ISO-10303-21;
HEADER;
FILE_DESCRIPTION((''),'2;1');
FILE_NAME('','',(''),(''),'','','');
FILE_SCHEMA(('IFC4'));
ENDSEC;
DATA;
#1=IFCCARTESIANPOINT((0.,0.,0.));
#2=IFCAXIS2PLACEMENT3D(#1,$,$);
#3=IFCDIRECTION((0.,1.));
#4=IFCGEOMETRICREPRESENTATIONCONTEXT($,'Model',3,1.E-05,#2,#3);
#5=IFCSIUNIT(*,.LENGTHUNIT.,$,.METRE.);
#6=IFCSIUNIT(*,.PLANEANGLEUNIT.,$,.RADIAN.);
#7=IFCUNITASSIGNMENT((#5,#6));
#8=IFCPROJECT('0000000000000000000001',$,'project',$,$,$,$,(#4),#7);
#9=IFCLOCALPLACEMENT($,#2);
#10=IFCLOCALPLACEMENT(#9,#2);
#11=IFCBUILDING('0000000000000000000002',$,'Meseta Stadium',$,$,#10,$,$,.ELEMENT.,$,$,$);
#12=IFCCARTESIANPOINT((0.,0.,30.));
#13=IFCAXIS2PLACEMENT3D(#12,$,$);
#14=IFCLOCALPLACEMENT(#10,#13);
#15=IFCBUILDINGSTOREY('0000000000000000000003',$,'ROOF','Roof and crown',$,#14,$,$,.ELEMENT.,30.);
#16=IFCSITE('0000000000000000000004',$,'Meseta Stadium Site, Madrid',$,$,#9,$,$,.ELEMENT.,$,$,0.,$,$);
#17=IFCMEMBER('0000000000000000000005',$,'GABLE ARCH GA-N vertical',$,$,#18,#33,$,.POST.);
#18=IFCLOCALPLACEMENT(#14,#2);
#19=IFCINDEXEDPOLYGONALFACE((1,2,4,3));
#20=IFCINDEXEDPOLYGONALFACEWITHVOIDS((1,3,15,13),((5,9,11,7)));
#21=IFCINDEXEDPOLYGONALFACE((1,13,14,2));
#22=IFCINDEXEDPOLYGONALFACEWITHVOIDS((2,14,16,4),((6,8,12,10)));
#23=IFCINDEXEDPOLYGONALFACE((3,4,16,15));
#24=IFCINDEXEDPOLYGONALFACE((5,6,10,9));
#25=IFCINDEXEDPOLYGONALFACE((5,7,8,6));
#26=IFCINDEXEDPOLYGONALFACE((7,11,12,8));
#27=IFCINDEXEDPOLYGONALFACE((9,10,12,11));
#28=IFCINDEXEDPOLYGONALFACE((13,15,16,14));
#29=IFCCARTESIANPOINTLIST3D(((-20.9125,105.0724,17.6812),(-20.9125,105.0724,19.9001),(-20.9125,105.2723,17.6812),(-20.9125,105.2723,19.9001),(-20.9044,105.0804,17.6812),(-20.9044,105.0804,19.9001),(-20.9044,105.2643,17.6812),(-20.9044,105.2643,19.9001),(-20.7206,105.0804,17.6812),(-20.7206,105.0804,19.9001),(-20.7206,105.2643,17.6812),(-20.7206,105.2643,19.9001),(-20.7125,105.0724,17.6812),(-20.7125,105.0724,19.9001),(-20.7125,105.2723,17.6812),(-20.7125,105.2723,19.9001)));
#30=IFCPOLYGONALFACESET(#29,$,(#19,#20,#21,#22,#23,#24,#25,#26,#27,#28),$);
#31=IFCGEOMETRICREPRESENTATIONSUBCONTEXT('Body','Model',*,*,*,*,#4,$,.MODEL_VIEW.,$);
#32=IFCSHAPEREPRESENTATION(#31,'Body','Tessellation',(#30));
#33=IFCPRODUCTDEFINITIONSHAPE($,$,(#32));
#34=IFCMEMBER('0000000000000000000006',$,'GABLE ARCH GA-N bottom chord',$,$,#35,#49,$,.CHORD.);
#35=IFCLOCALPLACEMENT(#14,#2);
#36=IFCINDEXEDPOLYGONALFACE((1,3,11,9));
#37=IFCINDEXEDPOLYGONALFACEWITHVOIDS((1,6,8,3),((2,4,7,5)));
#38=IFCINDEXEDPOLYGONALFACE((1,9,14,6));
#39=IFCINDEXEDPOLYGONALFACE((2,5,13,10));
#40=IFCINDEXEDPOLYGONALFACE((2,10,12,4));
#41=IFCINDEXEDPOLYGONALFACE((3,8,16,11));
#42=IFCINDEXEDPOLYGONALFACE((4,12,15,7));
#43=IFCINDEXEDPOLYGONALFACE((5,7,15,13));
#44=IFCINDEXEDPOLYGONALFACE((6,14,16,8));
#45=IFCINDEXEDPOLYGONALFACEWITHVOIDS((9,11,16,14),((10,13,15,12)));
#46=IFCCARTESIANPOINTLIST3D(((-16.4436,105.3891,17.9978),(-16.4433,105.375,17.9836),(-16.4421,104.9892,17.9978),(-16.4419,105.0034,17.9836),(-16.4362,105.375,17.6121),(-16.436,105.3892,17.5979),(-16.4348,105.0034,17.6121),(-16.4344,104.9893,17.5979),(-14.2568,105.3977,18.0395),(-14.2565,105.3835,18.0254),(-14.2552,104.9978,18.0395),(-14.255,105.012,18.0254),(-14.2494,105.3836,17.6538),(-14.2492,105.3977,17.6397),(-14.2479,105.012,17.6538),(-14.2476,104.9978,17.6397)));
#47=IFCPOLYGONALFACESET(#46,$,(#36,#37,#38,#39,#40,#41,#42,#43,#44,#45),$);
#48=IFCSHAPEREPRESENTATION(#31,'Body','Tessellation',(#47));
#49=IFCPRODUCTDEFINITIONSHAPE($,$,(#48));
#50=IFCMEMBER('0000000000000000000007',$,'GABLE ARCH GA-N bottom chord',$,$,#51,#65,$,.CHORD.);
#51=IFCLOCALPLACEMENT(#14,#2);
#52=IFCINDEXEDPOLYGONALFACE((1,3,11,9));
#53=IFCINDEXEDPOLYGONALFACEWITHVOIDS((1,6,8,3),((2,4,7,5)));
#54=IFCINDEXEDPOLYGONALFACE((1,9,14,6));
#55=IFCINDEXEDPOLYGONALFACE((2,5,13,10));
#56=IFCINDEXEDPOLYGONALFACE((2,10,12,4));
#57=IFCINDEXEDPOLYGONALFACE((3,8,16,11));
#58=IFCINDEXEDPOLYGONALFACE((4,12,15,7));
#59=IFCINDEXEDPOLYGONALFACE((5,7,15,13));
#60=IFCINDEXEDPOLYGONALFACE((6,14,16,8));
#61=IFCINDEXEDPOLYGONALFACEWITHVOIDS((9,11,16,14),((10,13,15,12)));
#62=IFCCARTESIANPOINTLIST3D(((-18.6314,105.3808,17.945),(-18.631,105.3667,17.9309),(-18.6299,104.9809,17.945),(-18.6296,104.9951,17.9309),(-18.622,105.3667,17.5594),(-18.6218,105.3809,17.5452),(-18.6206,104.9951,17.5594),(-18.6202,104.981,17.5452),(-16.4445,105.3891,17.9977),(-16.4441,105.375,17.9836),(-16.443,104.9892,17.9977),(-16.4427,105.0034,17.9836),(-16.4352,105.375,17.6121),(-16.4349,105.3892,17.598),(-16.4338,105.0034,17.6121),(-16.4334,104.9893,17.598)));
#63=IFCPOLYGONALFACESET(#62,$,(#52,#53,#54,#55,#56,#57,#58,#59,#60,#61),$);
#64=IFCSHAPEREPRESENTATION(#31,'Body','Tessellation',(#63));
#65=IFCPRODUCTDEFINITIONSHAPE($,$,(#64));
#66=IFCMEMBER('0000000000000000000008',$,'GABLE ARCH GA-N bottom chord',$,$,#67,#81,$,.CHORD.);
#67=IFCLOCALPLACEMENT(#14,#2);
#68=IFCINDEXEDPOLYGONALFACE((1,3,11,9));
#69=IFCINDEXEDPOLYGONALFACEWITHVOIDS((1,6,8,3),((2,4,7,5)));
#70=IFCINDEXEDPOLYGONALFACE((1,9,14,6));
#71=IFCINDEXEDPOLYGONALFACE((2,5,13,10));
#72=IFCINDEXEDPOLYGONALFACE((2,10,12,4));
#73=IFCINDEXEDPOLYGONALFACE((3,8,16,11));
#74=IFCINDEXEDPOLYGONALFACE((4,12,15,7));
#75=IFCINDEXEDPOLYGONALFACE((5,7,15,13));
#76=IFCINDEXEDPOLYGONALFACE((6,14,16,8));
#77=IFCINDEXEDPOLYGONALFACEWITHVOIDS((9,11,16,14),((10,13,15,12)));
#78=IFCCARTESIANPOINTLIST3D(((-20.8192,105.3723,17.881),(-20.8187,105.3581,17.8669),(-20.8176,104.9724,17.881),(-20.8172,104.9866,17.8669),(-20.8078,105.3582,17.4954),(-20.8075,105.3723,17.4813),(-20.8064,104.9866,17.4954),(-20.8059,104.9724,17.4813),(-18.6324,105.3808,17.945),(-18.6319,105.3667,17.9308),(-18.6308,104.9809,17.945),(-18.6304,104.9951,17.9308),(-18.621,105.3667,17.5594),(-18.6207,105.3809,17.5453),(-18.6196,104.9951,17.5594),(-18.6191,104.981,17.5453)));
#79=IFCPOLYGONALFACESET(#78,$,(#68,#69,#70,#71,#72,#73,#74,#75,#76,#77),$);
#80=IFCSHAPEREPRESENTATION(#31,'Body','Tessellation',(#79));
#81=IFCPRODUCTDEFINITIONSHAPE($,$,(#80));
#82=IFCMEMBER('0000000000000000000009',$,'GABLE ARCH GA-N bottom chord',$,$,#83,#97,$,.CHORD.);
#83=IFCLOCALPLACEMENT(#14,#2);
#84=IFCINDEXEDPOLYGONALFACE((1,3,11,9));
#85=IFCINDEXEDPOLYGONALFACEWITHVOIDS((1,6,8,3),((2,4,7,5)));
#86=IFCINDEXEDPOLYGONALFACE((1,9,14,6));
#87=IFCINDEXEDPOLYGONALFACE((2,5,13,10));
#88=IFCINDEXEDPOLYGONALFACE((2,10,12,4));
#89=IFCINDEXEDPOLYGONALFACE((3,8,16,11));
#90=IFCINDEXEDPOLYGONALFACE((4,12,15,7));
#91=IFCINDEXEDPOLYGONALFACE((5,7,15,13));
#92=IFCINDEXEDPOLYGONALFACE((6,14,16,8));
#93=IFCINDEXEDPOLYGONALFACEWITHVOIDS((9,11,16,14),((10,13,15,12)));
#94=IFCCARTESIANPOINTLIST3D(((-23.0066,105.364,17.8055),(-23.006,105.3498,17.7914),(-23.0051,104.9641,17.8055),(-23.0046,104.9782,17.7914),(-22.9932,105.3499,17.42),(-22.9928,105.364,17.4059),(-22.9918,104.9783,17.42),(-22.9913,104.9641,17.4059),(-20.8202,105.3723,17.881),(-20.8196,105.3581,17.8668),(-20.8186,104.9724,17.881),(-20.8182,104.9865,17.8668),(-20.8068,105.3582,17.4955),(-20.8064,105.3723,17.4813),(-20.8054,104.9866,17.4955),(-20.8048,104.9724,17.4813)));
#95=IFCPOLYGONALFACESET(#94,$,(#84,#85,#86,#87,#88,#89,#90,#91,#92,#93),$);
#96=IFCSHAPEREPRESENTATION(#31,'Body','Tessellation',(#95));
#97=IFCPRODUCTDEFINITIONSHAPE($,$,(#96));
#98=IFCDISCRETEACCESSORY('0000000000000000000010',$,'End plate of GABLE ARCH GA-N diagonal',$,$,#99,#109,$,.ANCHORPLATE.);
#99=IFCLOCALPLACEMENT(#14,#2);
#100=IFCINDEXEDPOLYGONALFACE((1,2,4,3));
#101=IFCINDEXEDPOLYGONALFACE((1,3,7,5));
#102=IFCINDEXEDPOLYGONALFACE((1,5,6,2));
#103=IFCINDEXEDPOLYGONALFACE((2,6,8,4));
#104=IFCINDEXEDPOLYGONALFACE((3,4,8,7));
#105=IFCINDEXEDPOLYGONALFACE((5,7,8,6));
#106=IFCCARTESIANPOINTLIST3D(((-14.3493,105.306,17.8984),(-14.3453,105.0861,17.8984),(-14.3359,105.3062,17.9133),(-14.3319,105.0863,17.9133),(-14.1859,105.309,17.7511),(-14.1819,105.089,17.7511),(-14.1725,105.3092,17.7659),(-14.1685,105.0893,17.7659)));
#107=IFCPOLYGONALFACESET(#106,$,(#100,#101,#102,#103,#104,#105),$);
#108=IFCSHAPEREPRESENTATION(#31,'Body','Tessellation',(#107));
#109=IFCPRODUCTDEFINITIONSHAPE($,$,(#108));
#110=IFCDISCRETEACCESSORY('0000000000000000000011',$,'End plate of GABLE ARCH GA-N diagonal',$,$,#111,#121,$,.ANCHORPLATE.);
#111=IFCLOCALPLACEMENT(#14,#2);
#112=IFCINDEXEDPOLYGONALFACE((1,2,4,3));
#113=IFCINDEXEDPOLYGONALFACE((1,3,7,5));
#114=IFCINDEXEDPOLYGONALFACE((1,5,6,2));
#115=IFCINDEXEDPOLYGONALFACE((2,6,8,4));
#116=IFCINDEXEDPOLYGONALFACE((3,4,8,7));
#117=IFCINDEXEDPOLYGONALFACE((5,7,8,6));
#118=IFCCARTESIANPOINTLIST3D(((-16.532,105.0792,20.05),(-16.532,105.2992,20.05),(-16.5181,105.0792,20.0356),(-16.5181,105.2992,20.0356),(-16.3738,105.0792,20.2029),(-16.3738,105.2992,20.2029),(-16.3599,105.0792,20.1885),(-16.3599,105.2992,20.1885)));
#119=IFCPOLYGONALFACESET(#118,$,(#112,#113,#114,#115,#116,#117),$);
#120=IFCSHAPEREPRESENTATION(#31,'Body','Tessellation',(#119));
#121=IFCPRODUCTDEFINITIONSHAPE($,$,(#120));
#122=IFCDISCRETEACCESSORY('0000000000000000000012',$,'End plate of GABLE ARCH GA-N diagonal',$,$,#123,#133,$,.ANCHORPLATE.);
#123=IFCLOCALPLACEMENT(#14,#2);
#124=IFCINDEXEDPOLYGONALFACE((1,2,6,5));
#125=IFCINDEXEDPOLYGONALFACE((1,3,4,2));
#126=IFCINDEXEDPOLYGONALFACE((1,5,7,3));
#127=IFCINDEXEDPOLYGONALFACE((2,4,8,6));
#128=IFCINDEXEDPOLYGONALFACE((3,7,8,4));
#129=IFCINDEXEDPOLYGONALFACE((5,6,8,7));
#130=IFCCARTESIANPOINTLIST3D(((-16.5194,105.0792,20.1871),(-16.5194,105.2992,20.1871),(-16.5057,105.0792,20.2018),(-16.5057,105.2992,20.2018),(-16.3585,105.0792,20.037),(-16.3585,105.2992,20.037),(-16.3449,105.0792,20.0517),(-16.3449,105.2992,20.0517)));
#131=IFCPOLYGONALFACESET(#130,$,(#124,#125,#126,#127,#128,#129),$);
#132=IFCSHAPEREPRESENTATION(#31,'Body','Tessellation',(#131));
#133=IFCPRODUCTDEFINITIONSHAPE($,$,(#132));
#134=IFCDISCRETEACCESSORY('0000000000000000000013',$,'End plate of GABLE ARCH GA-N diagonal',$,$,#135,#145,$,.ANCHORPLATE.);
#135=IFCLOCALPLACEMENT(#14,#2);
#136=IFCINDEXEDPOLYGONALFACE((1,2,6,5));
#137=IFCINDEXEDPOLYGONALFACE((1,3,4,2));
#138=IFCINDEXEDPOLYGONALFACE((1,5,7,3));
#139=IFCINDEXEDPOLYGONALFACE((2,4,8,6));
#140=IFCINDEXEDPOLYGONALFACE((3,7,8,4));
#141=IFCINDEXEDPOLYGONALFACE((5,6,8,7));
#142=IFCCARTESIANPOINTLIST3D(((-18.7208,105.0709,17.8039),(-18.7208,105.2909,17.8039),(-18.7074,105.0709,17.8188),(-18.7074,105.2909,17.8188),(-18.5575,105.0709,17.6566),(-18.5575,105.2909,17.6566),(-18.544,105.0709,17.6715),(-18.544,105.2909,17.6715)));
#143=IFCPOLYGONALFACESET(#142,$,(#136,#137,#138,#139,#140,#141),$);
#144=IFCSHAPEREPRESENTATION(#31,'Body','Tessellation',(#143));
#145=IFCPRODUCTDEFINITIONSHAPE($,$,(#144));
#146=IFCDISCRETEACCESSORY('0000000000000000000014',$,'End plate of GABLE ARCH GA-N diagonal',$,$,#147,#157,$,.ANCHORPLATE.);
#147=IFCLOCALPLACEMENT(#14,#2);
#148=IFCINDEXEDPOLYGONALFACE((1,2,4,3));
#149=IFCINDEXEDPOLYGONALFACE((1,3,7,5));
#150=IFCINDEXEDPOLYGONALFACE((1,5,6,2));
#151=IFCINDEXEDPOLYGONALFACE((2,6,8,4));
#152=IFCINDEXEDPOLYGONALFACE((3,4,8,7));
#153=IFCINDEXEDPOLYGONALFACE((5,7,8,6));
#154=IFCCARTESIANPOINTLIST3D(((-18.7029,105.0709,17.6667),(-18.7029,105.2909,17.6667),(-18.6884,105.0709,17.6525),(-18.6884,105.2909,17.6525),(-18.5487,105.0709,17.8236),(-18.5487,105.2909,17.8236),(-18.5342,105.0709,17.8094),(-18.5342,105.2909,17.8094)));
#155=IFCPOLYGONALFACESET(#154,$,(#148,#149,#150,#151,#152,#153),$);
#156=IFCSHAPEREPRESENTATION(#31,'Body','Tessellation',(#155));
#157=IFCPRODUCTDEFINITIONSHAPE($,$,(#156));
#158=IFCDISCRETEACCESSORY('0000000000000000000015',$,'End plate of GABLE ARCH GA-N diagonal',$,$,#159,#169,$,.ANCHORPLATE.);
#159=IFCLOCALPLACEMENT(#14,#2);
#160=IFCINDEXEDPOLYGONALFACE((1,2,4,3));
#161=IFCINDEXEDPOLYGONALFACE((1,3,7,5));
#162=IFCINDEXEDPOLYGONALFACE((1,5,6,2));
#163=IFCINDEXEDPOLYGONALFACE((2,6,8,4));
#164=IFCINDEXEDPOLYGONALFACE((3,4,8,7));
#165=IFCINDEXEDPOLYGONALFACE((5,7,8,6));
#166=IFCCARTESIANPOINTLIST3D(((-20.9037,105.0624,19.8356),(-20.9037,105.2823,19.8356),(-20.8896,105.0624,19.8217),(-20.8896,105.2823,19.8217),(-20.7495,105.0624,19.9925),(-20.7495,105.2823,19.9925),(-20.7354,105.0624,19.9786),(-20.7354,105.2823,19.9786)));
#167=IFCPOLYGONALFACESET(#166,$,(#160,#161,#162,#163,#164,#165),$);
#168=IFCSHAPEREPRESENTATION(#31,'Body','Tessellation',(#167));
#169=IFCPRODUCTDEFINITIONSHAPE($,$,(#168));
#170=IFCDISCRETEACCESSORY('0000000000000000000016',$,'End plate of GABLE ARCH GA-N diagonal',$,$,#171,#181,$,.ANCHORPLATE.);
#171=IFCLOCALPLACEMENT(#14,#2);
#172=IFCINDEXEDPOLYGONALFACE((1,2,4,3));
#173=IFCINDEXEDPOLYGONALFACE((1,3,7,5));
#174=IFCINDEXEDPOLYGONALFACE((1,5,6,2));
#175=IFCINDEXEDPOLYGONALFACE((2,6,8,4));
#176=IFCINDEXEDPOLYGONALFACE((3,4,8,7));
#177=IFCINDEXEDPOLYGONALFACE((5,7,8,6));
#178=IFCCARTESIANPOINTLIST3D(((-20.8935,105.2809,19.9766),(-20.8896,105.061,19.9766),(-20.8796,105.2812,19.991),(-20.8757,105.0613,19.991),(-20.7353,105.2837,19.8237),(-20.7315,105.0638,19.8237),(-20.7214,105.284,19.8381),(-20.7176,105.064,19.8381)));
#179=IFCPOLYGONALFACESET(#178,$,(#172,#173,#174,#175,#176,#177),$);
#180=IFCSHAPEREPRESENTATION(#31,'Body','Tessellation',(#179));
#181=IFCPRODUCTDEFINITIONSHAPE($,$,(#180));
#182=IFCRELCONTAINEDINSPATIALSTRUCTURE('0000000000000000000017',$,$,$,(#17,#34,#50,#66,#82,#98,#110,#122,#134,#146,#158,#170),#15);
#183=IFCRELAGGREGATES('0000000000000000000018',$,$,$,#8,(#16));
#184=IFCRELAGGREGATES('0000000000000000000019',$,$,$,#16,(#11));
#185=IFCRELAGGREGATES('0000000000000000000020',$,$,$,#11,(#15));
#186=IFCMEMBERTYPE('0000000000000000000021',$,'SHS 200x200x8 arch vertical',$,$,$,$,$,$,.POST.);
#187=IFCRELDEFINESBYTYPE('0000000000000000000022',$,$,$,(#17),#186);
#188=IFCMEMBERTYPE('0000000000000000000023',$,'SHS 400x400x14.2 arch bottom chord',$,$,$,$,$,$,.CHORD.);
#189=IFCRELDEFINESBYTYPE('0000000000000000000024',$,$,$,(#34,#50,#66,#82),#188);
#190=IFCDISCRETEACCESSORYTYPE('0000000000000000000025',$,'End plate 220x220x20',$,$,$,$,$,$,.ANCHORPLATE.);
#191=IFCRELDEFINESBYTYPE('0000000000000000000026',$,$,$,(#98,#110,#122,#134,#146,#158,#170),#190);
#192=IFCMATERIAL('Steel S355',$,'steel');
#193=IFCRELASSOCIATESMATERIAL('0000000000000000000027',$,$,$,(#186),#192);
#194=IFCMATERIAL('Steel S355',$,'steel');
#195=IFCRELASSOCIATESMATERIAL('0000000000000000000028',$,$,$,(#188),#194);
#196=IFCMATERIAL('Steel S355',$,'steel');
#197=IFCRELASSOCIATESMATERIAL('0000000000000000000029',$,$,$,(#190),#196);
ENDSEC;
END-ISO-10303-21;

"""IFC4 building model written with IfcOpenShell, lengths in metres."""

from ifc_helpers import new_model, si_unit, direction, frame, origin, origin_2d, place, context, subcontext, project, spatial, rectangle, hollow_rectangle, extrude, material, material_profile, profile_set, type_object, element, save


model = new_model("IFC4")

# Units and contexts
model_context = context("Model", 3, precision=1e-05, world=origin(), true_north=direction((0.0, 1.0)))
body_context = subcontext(model_context, "Body", "Model", "MODEL_VIEW")
ifc_project = project(units=[si_unit("LENGTHUNIT", "METRE"), si_unit("PLANEANGLEUNIT", "RADIAN")], contexts=[model_context])

# Site, building, storey
site_placement = place(None, origin())
site = spatial("IfcSite", under=ifc_project, at=site_placement, Name="Meseta Stadium Site, Madrid", CompositionType="ELEMENT", RefElevation=0.0)
building_placement = place(site_placement, origin())
building = spatial("IfcBuilding", under=site, at=building_placement, Name="Meseta Stadium", CompositionType="ELEMENT")
storey_placement = place(building_placement, frame((0.0, 0.0, 30.0)))
storey = spatial("IfcBuildingStorey", under=building, at=storey_placement, Name="ROOF", Description="Roof and crown", CompositionType="ELEMENT", Elevation=30.0)

# Members
ifc_material_1 = material(Name="Steel S355", Category="steel")
ifc_material_profile_1 = material_profile(ifc_material_1, hollow_rectangle(XDim=0.2, YDim=0.2, WallThickness=0.0081, at=origin_2d()), Name="SHS 200x200x8")
ifc_profile_set_1 = profile_set([ifc_material_profile_1], Name="Steel S355")
member_type_1 = type_object("IfcMemberType", Name="SHS 200x200x8 arch vertical", PredefinedType="POST", material=ifc_profile_set_1)
member_1_placement = place(storey_placement, frame((-20.8125, 105.1724, 17.6812), z_axis=(0.0, 0.0, 1.0), x_axis=(1.0, 0.0, 0.0)))
element("IfcMember", 1, at=member_1_placement, inside=storey, type_object=member_type_1, Name="GABLE ARCH GA-N vertical", PredefinedType="POST", context=body_context, shape_type="SweptSolid", body=[
    extrude(hollow_rectangle(XDim=0.2, YDim=0.2, WallThickness=0.0081, at=origin_2d()), origin(), (0.0, 0.0, 1.0), 2.219),
])
ifc_material_2 = material(Name="Steel S355", Category="steel")
ifc_material_profile_2 = material_profile(ifc_material_2, hollow_rectangle(XDim=0.3999, YDim=0.3999, WallThickness=0.0142, at=origin_2d()), Name="SHS 400x400x14.2")
ifc_profile_set_2 = profile_set([ifc_material_profile_2], Name="Steel S355")
member_type_2 = type_object("IfcMemberType", Name="SHS 400x400x14.2 arch bottom chord", PredefinedType="CHORD", material=ifc_profile_set_2)
member_2_placement = place(storey_placement, frame((-14.2522, 105.1978, 17.8396), z_axis=(-0.99981, -0.003907, -0.019088), x_axis=(0.003908, -0.999992, 0.0)))
element("IfcMember", 2, at=member_2_placement, inside=storey, type_object=member_type_2, Name="GABLE ARCH GA-N bottom chord", PredefinedType="CHORD", context=body_context, shape_type="SweptSolid", body=[
    extrude(hollow_rectangle(XDim=0.3999, YDim=0.3999, WallThickness=0.0142, at=origin_2d()), origin(), (0.0, 0.0, 1.0), 2.1873),
])
member_3_placement = place(storey_placement, frame((-16.439, 105.1892, 17.7979), z_axis=(-0.999702, -0.003795, -0.024108), x_axis=(0.003796, -0.999993, 0.0)))
element("IfcMember", 3, at=member_3_placement, inside=storey, type_object=member_type_2, Name="GABLE ARCH GA-N bottom chord", PredefinedType="CHORD", context=body_context, shape_type="SweptSolid", body=[
    extrude(hollow_rectangle(XDim=0.3999, YDim=0.3999, WallThickness=0.0142, at=origin_2d()), origin(), (0.0, 0.0, 1.0), 2.1875),
])
for number, where, z_axis, x_axis, name in (
    (4, (-18.6257, 105.1809, 17.7451), (-0.999565, -0.003906, -0.029238), (0.003908, -0.999992, 0.0), "GABLE ARCH GA-N bottom chord"),
    (5, (-20.8125, 105.1724, 17.6812), (-0.999398, -0.003794, -0.034481), (0.003796, -0.999993, 0.0), "GABLE ARCH GA-N bottom chord"),
):
    element("IfcMember", number, at=place(storey_placement, frame(where, z_axis=z_axis, x_axis=x_axis)), inside=storey, type_object=member_type_2, Name=name, PredefinedType="CHORD", context=body_context, shape_type="SweptSolid", body=[
        extrude(hollow_rectangle(XDim=0.3999, YDim=0.3999, WallThickness=0.0142, at=origin_2d()), origin(), (0.0, 0.0, 1.0), 2.1877),
    ])

# Discrete accessories
ifc_material_3 = material(Name="Steel S355", Category="steel")
ifc_material_profile_3 = material_profile(ifc_material_3, rectangle(XDim=0.22, YDim=0.22, at=origin_2d()), Name="PL 220x220")
ifc_profile_set_3 = profile_set([ifc_material_profile_3], Name="Steel S355")
discrete_accessory_type = type_object("IfcDiscreteAccessoryType", Name="End plate 220x220x20", PredefinedType="ANCHORPLATE", material=ifc_profile_set_3)
for number, where, z_axis, x_axis, name in (
    (6, (-14.2522, 105.1978, 17.8396), (-0.669587, -0.012174, -0.742633), (0.018179, -0.999835, 0.0), "End plate of GABLE ARCH GA-N diagonal"),
    (7, (-16.439, 105.1892, 20.1121), (-0.694812, 0.0, 0.719191), (0.0, -1.0, 0.0), "End plate of GABLE ARCH GA-N diagonal"),
    (8, (-16.4253, 105.1892, 20.1267), (-0.682318, 0.0, -0.731055), (0.0, -1.0, 0.0), "End plate of GABLE ARCH GA-N diagonal"),
    (9, (-18.6257, 105.1809, 17.7451), (-0.669637, 0.0, -0.742688), (0.0, -1.0, 0.0), "End plate of GABLE ARCH GA-N diagonal"),
):
    element("IfcDiscreteAccessory", number, at=place(storey_placement, frame(where, z_axis=z_axis, x_axis=x_axis)), inside=storey, type_object=discrete_accessory_type, Name=name, PredefinedType="ANCHORPLATE", context=body_context, shape_type="SweptSolid", body=[
        extrude(rectangle(XDim=0.22, YDim=0.22, at=origin_2d()), origin(), (0.0, 0.0, 1.0), 0.02),
    ])
discrete_accessory_1_placement = place(storey_placement, frame((-18.6113, 105.1809, 17.731), z_axis=(-0.713124, 0.0, 0.701038), x_axis=(0.0, -1.0, 0.0)))
element("IfcDiscreteAccessory", 10, at=discrete_accessory_1_placement, inside=storey, type_object=discrete_accessory_type, Name="End plate of GABLE ARCH GA-N diagonal", PredefinedType="ANCHORPLATE", context=body_context, shape_type="SweptSolid", body=[
    extrude(rectangle(XDim=0.22, YDim=0.22, at=origin_2d()), origin(), (0.0, 0.0, 1.0), 0.0203),
])
discrete_accessory_2_placement = place(storey_placement, frame((-20.8125, 105.1724, 19.9001), z_axis=(-0.713229, 0.0, 0.700932), x_axis=(0.0, -1.0, 0.0)))
element("IfcDiscreteAccessory", 11, at=discrete_accessory_2_placement, inside=storey, type_object=discrete_accessory_type, Name="End plate of GABLE ARCH GA-N diagonal", PredefinedType="ANCHORPLATE", context=body_context, shape_type="SweptSolid", body=[
    extrude(rectangle(XDim=0.22, YDim=0.22, at=origin_2d()), origin(), (0.0, 0.0, 1.0), 0.0198),
])
discrete_accessory_3_placement = place(storey_placement, frame((-20.7986, 105.1726, 19.9146), z_axis=(-0.69476, -0.012189, -0.719138), x_axis=(0.017541, -0.999846, 0.0)))
element("IfcDiscreteAccessory", 12, at=discrete_accessory_3_placement, inside=storey, type_object=discrete_accessory_type, Name="End plate of GABLE ARCH GA-N diagonal", PredefinedType="ANCHORPLATE", context=body_context, shape_type="SweptSolid", body=[
    extrude(rectangle(XDim=0.22, YDim=0.22, at=origin_2d()), origin(), (0.0, 0.0, 1.0), 0.02),
])

save(model, "model.ifc")
